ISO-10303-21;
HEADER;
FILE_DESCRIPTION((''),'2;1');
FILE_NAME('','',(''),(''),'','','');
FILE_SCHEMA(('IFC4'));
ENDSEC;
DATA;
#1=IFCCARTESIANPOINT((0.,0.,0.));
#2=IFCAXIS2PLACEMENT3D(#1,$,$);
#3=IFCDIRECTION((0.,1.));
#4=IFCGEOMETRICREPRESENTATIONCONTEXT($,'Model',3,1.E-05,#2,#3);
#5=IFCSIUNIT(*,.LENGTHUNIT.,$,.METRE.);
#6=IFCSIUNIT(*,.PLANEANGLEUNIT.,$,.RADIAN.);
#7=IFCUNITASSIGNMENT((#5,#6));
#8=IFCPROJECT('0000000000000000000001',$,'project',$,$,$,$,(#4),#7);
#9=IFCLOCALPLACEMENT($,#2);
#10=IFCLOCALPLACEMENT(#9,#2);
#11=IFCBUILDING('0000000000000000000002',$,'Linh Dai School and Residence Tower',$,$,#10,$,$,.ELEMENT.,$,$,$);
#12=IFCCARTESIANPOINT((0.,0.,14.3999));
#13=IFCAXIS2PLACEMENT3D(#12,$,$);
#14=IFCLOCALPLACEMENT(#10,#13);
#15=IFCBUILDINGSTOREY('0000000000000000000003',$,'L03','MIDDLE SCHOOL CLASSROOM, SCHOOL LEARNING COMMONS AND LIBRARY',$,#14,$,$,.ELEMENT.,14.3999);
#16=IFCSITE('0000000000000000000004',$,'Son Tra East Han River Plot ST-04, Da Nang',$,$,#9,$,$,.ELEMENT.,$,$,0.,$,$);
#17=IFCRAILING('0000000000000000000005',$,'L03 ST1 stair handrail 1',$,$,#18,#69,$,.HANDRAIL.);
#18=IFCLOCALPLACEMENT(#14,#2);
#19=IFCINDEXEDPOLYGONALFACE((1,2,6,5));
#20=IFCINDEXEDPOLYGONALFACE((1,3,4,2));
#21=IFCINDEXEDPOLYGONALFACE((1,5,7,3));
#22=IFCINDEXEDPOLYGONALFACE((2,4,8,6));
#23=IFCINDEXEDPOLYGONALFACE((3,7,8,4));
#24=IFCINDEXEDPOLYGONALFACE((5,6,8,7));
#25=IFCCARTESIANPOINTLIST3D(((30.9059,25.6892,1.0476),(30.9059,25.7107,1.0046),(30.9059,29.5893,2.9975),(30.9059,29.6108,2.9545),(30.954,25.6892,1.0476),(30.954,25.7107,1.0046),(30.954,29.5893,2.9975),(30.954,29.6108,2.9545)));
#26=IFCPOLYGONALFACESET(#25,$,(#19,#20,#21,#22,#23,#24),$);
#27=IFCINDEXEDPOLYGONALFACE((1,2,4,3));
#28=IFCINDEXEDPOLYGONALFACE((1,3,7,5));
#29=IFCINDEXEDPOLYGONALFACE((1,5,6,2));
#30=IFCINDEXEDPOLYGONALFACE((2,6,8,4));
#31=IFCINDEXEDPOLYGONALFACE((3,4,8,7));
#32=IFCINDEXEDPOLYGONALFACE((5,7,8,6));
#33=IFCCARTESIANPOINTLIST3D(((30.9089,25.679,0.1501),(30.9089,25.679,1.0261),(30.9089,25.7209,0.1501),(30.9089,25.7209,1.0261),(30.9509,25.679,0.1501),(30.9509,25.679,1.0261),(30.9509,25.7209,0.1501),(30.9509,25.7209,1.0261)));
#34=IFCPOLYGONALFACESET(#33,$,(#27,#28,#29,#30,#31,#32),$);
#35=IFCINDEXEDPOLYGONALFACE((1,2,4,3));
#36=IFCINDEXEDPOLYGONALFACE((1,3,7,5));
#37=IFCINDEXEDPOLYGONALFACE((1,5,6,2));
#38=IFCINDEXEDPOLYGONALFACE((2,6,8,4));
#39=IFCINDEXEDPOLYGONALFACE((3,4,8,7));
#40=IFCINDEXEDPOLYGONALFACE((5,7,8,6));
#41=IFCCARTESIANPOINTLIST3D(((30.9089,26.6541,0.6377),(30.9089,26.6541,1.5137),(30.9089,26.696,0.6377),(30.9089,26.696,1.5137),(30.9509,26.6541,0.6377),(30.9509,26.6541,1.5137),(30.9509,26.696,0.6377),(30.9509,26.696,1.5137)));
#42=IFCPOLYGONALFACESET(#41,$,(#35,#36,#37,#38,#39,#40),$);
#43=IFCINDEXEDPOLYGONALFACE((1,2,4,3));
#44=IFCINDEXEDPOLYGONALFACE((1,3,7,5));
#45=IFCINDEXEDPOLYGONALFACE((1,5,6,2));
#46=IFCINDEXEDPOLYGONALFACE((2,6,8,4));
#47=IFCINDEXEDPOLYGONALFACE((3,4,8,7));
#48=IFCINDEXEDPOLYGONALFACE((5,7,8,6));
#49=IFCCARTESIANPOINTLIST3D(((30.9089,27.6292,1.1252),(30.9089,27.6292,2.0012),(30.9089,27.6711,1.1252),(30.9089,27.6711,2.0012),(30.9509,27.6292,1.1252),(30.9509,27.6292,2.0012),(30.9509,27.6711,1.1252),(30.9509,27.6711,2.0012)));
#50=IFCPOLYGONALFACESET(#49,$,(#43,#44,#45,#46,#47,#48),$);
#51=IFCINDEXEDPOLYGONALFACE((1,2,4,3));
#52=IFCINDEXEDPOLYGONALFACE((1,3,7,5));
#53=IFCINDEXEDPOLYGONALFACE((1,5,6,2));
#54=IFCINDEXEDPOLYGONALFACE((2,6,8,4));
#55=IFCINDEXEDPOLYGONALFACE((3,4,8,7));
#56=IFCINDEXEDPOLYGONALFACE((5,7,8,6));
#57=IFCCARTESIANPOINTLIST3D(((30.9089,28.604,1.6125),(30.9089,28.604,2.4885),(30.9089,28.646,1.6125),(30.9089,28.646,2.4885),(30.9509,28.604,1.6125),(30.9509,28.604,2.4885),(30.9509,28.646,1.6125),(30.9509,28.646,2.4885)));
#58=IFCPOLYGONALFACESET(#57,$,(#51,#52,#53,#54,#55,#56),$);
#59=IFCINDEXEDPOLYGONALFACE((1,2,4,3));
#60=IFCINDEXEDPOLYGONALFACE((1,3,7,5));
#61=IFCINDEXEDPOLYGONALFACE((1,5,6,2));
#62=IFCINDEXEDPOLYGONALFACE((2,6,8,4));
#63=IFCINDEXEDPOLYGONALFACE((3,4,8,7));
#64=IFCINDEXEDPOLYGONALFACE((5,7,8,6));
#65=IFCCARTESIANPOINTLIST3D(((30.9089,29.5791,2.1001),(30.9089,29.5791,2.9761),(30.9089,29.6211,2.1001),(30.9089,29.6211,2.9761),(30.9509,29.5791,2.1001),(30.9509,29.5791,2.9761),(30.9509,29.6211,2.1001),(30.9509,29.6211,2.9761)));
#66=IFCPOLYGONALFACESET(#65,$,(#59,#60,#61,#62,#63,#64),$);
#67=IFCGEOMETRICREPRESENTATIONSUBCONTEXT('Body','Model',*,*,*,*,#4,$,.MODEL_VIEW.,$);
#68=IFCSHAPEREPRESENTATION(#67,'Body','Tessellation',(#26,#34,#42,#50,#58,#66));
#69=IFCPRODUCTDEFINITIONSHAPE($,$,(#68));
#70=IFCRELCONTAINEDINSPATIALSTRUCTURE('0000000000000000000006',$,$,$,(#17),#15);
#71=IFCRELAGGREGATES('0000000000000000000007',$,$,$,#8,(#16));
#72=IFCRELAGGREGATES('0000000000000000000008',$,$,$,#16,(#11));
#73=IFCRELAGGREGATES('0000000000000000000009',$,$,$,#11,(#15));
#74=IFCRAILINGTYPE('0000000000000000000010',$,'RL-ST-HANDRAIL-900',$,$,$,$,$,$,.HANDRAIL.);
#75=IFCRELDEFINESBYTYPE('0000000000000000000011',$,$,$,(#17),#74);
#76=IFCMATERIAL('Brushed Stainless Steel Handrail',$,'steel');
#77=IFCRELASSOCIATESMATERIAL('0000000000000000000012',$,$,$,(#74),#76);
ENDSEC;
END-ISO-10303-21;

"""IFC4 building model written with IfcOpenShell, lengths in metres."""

from ifc_helpers import new_model, si_unit, direction, frame, origin, origin_2d, place, context, subcontext, project, spatial, rectangle, extrude, source, transform, mapped, material, type_object, element, save


model = new_model("IFC4")

# Units and contexts
model_context = context("Model", 3, precision=1e-05, world=origin(), true_north=direction((0.0, 1.0)))
body_context = subcontext(model_context, "Body", "Model", "MODEL_VIEW")
ifc_project = project(units=[si_unit("LENGTHUNIT", "METRE"), si_unit("PLANEANGLEUNIT", "RADIAN")], contexts=[model_context])

# Site, building, storey
site_placement = place(None, origin())
site = spatial("IfcSite", under=ifc_project, at=site_placement, Name="Son Tra East Han River Plot ST-04, Da Nang", CompositionType="ELEMENT", RefElevation=0.0)
building_placement = place(site_placement, origin())
building = spatial("IfcBuilding", under=site, at=building_placement, Name="Linh Dai School and Residence Tower", CompositionType="ELEMENT")
storey_placement = place(building_placement, frame((0.0, 0.0, 14.3999)))
storey = spatial("IfcBuildingStorey", under=building, at=storey_placement, Name="L03", Description="MIDDLE SCHOOL CLASSROOM, SCHOOL LEARNING COMMONS AND LIBRARY", CompositionType="ELEMENT", Elevation=14.3999)

# Railing
ifc_material_1 = material(Name="Brushed Stainless Steel Handrail", Category="steel")
railing_type_1 = type_object("IfcRailingType", Name="RL-ST-HANDRAIL-900", PredefinedType="HANDRAIL", material=ifc_material_1)
shared_shape_1 = source(origin(), body_context, "Body", "SweptSolid", [
    extrude(rectangle(XDim=0.0481, YDim=0.0481, at=origin_2d()), frame((0.0, 0.0, 0.876), z_axis=(0.0, 0.894438, 0.447191), x_axis=(-1.0, 0.0, 0.0)), (0.0, 0.0, 1.0), 4.3604),
    extrude(rectangle(XDim=0.042, YDim=0.042, at=origin_2d()), origin(), (0.0, 0.0, 1.0), 0.876),
    extrude(rectangle(XDim=0.042, YDim=0.042, at=origin_2d()), frame((0.0, 0.9751, 0.4875)), (0.0, 0.0, 1.0), 0.876),
    extrude(rectangle(XDim=0.042, YDim=0.042, at=origin_2d()), frame((0.0, 1.9502, 0.9751)), (0.0, 0.0, 1.0), 0.876),
    extrude(rectangle(XDim=0.042, YDim=0.042, at=origin_2d()), frame((0.0, 2.925, 1.4624)), (0.0, 0.0, 1.0), 0.876),
    extrude(rectangle(XDim=0.042, YDim=0.042, at=origin_2d()), frame((0.0, 3.9001, 1.95)), (0.0, 0.0, 1.0), 0.876),
])
railing_1_placement = place(storey_placement, frame((30.9299, 25.7, 0.1501)))
element("IfcRailing", 1, at=railing_1_placement, inside=storey, type_object=railing_type_1, Name="L03 ST1 stair handrail 1", PredefinedType="HANDRAIL", context=body_context, shape_type="MappedRepresentation", body=[
    mapped(shared_shape_1, transform((0.0, 0.0, 0.0), x_axis=(1.0, 0.0, 0.0), y_axis=(0.0, 1.0, 0.0), z_axis=(0.0, 0.0, 1.0), scale=1.0)),
])

save(model, "model.ifc")
